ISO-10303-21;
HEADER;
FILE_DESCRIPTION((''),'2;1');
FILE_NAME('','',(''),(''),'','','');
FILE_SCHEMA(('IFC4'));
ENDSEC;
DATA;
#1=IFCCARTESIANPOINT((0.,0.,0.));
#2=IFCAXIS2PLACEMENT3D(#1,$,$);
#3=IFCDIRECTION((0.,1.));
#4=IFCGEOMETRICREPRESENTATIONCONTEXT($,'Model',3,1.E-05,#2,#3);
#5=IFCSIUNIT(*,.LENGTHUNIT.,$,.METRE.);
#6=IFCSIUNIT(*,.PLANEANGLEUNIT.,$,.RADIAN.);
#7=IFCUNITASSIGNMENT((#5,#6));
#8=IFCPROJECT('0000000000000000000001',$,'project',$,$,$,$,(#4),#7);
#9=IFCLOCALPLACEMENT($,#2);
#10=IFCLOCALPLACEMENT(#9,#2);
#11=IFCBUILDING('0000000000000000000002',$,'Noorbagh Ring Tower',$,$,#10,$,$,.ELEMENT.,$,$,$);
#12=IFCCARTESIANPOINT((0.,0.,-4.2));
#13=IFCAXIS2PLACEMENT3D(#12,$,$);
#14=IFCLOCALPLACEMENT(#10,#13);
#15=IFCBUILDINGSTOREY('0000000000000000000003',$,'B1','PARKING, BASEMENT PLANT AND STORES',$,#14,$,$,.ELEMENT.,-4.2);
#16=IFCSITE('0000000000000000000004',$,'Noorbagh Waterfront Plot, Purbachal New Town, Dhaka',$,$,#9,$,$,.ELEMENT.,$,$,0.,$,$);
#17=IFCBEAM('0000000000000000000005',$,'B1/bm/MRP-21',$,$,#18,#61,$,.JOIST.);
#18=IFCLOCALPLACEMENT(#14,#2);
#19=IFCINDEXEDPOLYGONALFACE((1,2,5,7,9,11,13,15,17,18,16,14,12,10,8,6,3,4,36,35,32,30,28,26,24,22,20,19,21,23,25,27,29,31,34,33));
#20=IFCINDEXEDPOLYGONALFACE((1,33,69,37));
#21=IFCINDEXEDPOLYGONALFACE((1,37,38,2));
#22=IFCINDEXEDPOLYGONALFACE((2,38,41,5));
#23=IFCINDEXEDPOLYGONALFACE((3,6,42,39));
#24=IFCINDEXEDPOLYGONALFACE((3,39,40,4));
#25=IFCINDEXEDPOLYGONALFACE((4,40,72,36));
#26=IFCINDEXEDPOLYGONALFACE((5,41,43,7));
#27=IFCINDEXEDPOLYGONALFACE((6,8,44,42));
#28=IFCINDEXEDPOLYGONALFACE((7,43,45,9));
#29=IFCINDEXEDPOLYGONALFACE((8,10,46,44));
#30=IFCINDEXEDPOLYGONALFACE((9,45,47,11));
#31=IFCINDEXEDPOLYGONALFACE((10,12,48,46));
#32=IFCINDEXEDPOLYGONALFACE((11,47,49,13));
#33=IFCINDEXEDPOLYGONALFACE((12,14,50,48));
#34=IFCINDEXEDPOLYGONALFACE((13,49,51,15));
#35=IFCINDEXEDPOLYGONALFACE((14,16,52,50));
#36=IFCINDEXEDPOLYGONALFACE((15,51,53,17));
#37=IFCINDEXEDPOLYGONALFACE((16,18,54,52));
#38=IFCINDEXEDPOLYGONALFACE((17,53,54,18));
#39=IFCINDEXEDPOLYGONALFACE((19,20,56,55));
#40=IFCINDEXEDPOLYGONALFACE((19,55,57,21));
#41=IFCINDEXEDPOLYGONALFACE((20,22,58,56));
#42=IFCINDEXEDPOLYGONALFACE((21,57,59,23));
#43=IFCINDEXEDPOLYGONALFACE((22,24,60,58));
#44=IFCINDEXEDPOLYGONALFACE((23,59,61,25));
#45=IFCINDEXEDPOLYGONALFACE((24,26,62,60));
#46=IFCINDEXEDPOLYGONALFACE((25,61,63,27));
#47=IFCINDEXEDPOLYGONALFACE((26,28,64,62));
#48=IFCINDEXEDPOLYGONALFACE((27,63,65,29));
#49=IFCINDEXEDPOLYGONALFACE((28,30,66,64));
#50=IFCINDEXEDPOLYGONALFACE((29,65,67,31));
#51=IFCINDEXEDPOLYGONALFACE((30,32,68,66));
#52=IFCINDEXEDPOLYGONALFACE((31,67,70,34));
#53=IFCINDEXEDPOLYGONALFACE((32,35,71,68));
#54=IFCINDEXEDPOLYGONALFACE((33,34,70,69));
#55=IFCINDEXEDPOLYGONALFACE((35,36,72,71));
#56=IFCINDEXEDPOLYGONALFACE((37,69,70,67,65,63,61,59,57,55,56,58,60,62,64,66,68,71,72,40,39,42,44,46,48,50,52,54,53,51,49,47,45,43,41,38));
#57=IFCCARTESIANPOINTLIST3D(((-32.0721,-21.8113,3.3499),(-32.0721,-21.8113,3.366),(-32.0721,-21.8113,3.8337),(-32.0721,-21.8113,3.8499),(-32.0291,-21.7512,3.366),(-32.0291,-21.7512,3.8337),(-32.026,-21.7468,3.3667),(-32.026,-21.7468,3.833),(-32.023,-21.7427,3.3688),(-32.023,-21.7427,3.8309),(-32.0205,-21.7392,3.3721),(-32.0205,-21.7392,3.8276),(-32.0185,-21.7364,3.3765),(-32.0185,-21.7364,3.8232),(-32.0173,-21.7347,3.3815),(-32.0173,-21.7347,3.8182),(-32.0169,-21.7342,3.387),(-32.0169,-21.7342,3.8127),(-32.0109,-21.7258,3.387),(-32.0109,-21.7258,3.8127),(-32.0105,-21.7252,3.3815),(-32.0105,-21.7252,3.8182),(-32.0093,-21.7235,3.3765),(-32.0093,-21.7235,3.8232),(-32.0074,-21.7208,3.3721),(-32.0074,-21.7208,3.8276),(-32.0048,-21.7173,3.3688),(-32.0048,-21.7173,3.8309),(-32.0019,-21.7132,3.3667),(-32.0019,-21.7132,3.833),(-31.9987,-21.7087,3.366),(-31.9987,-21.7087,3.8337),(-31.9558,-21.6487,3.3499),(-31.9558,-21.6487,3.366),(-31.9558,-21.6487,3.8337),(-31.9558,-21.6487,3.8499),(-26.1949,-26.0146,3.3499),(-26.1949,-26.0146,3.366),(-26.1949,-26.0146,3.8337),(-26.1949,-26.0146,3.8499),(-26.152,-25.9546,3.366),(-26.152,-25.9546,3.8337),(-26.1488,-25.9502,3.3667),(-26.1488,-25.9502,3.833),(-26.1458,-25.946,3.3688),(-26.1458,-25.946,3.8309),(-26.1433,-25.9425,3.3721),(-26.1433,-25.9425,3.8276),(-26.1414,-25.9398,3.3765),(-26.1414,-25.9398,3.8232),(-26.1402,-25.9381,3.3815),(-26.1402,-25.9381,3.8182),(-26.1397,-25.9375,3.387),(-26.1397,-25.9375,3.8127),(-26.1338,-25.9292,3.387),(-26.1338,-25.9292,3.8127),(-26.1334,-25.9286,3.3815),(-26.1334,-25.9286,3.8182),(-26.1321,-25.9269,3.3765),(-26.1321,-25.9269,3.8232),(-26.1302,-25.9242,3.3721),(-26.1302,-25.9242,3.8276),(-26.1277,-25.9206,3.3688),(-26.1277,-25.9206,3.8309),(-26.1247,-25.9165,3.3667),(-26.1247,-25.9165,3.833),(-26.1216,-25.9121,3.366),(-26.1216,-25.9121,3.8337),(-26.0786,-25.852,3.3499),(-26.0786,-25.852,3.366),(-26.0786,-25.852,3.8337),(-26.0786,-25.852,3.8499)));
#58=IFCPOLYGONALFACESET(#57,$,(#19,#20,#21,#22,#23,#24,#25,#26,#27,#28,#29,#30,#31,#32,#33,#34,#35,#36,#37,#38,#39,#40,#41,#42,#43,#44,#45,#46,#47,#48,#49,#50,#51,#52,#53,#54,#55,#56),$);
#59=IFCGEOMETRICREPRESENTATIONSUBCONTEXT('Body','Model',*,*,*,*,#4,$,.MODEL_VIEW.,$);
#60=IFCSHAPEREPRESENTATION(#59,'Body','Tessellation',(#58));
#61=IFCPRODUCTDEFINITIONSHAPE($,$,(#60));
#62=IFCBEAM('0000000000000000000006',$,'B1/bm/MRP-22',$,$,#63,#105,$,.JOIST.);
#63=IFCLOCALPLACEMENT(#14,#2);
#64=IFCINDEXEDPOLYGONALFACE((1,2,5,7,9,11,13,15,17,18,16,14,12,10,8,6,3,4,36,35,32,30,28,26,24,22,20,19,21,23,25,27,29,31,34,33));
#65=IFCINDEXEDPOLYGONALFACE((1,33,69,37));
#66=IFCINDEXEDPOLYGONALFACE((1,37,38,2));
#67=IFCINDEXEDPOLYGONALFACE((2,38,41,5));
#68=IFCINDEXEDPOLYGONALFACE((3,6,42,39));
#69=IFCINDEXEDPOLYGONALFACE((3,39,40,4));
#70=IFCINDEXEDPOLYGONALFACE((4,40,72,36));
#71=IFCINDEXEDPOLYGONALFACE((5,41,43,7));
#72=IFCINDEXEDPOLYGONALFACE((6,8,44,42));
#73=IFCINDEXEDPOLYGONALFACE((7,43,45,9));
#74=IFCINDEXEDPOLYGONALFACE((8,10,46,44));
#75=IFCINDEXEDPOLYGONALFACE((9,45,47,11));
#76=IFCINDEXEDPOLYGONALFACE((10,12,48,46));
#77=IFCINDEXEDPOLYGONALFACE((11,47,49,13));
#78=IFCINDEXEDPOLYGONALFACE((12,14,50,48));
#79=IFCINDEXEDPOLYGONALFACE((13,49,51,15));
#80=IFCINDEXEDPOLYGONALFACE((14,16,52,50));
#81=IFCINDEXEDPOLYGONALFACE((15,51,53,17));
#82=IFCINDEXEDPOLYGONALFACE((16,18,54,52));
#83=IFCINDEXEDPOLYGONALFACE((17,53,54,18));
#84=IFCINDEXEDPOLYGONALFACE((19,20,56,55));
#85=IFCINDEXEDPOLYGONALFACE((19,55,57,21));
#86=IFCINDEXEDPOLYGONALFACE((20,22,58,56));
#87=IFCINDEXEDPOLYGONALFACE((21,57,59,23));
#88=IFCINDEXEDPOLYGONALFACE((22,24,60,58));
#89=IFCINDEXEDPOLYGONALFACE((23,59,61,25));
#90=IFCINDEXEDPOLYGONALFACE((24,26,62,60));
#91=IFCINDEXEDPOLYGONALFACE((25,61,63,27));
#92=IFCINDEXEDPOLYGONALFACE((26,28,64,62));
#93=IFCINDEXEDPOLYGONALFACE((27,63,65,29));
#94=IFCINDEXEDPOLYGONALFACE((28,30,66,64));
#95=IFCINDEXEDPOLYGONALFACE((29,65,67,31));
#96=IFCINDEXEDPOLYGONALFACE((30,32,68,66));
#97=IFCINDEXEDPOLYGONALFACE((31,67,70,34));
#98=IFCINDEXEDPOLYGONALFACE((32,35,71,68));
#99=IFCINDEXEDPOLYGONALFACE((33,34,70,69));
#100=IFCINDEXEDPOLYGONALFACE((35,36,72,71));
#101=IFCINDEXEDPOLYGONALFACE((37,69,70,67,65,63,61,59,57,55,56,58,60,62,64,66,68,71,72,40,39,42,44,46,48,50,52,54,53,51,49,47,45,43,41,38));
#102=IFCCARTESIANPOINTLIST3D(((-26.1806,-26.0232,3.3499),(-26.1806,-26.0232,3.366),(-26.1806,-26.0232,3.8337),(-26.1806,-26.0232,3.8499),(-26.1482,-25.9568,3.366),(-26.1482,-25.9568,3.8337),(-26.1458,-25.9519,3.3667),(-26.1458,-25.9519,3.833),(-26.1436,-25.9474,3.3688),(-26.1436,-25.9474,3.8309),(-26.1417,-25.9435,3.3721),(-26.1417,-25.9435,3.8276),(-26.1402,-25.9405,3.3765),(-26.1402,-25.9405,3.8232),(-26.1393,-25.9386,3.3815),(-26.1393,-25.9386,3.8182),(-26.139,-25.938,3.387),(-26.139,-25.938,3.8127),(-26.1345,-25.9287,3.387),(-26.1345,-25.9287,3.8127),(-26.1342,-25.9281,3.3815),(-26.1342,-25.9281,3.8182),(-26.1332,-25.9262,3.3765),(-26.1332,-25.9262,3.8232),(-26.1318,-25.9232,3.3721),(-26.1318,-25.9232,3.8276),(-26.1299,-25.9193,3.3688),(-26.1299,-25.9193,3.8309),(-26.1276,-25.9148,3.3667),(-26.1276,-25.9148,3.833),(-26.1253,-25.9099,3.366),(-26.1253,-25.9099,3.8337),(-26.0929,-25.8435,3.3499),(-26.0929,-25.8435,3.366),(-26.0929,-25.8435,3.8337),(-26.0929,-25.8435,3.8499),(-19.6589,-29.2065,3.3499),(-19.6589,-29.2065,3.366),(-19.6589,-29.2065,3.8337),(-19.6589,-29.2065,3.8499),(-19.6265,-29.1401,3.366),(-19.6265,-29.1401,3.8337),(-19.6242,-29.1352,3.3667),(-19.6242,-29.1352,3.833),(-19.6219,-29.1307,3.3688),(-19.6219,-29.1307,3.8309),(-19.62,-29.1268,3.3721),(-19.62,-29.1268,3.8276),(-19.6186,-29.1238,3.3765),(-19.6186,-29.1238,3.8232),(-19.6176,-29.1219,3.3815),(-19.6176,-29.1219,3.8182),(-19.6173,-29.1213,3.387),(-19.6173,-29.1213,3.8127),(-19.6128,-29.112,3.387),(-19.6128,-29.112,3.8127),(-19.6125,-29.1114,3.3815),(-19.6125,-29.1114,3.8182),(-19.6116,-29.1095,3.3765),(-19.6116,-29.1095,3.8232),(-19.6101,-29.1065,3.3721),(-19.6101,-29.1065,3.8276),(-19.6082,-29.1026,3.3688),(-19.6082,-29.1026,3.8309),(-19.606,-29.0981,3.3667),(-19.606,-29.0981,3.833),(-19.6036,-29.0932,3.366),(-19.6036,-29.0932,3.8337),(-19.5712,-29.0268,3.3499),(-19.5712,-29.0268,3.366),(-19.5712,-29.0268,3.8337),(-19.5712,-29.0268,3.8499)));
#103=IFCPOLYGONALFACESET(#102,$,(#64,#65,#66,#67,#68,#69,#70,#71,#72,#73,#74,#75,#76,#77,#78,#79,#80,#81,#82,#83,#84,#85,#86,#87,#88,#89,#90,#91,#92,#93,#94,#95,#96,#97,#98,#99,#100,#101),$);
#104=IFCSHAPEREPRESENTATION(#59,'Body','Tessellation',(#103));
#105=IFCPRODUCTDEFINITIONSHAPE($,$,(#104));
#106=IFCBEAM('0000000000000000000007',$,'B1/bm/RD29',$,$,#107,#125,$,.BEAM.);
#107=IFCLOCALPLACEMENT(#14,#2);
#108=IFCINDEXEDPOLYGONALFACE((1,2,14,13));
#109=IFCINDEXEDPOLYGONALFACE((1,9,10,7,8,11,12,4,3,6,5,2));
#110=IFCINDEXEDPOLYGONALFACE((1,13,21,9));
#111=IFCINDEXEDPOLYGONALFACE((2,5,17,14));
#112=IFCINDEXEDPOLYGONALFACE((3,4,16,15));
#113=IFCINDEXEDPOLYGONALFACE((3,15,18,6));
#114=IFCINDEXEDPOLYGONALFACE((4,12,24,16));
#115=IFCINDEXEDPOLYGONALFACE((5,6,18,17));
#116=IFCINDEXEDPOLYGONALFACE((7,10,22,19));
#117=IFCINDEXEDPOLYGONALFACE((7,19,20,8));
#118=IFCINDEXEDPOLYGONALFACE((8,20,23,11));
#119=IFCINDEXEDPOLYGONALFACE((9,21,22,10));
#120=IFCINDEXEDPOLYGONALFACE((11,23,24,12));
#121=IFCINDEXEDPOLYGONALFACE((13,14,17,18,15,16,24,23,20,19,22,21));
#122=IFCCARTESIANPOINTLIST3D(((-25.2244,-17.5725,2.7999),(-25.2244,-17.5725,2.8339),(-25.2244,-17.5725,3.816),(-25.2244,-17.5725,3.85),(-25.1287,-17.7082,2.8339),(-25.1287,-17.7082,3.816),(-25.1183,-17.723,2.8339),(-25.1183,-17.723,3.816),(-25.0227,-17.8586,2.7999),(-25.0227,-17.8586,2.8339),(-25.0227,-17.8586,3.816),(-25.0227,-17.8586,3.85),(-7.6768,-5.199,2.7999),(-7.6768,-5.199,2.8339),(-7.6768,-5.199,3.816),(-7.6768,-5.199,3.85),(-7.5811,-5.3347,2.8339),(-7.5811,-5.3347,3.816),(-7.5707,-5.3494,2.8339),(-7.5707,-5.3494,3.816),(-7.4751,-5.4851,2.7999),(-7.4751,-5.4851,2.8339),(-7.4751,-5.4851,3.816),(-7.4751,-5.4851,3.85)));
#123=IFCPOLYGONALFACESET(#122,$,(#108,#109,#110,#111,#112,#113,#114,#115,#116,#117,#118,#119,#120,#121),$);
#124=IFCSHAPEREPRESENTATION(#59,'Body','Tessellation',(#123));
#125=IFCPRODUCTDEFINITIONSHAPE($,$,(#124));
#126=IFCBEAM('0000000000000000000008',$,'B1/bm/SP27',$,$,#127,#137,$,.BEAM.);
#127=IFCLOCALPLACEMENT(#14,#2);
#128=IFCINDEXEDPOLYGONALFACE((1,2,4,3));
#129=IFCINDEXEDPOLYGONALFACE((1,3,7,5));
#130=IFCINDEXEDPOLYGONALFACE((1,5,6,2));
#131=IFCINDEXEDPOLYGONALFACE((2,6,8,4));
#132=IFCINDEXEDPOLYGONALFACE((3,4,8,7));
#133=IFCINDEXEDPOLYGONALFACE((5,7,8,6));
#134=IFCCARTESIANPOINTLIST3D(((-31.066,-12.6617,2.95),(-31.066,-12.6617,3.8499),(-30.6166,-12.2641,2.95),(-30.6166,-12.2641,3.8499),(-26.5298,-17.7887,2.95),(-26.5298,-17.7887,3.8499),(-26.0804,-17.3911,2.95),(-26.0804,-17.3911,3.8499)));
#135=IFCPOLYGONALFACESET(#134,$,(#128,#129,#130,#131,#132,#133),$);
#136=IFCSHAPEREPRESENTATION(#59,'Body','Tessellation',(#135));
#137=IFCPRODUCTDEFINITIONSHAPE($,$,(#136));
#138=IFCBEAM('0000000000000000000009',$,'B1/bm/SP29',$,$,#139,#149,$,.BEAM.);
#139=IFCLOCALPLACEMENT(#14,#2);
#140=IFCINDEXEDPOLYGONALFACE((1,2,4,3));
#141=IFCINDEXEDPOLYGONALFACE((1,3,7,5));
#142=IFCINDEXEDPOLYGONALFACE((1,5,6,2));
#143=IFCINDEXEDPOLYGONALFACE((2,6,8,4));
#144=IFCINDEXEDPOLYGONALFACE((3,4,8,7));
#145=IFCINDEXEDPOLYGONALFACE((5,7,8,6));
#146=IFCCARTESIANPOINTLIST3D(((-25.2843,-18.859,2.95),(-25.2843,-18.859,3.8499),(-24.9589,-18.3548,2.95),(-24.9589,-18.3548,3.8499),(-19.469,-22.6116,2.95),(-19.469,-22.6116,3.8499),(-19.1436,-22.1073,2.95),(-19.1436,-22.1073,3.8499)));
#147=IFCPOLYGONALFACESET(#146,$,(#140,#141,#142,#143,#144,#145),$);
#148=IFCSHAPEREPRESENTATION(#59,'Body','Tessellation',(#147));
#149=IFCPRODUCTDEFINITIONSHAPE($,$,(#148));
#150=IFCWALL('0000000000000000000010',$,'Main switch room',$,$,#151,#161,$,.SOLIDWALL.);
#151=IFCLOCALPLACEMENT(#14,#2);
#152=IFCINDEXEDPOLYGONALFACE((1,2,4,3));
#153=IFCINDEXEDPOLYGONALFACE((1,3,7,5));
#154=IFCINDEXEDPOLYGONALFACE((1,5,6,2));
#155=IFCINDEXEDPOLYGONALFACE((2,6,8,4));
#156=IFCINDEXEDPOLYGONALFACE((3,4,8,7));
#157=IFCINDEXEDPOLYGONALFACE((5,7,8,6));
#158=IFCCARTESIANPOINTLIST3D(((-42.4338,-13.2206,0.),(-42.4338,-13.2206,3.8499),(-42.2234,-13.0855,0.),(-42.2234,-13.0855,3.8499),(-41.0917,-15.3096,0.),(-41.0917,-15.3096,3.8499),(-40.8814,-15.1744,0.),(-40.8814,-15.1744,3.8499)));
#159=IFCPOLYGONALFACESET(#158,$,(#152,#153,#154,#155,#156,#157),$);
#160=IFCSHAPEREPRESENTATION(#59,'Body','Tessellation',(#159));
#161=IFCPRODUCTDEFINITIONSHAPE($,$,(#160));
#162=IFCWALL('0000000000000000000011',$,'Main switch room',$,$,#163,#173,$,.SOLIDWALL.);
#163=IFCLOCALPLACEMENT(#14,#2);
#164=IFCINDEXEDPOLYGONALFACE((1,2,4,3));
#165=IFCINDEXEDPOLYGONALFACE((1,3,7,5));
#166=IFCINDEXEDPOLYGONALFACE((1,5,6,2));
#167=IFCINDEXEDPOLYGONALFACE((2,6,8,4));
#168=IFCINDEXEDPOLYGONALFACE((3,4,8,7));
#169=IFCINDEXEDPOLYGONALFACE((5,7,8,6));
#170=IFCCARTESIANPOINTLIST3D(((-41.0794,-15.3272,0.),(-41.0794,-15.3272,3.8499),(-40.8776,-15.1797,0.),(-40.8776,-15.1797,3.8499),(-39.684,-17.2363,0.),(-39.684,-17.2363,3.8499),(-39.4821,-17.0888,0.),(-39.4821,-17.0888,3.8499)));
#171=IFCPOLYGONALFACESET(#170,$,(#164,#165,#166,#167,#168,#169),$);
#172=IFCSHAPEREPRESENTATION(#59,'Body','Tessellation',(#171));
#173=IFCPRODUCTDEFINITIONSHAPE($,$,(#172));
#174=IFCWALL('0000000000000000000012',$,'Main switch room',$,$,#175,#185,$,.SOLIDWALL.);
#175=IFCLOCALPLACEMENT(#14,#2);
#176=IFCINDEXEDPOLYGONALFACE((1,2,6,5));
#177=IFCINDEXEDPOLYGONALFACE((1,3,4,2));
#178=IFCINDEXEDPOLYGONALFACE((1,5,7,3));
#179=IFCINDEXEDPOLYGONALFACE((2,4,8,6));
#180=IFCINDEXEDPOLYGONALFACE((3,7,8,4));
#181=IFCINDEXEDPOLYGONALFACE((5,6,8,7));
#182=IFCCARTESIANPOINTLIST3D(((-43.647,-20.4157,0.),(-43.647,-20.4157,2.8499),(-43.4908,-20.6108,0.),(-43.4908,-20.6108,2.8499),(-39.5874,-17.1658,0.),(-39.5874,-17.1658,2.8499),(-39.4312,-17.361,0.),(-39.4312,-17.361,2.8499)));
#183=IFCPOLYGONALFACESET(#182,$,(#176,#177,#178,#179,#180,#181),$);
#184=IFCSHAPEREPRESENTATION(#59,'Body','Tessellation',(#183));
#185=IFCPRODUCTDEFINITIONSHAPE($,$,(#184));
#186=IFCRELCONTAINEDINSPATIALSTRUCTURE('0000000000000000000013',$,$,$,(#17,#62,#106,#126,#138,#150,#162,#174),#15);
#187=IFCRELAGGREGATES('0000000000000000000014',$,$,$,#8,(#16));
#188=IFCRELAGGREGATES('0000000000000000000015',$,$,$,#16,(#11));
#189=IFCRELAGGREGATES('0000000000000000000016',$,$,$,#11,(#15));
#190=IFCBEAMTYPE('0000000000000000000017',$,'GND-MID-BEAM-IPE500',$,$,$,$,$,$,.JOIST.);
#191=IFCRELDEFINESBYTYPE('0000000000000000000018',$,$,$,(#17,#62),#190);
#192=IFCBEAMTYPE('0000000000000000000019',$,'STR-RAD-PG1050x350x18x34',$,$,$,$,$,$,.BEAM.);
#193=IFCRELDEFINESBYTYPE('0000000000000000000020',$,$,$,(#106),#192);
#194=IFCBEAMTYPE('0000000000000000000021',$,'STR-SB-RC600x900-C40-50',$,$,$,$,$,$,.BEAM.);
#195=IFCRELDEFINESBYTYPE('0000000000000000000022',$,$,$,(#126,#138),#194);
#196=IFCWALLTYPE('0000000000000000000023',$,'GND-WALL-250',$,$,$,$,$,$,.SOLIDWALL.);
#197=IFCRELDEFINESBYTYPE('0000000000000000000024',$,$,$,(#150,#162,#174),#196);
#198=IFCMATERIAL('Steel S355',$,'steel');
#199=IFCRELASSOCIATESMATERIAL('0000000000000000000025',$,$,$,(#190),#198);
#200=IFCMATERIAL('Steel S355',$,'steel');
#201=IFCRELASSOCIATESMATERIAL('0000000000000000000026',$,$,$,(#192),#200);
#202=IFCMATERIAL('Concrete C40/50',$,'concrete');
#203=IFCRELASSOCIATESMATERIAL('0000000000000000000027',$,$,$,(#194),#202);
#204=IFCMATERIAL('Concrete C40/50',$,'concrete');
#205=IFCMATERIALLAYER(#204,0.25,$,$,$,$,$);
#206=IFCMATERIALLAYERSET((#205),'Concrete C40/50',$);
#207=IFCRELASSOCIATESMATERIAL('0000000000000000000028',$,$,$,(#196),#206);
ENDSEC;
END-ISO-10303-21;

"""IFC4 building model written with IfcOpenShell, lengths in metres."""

from ifc_helpers import new_model, si_unit, direction, frame, frame_2d, origin, origin_2d, place, context, subcontext, project, spatial, rectangle, i_section, extrude, material, layer, layer_set, material_profile, profile_set, type_object, element, save


model = new_model("IFC4")

# Units and contexts
model_context = context("Model", 3, precision=1e-05, world=origin(), true_north=direction((0.0, 1.0)))
body_context = subcontext(model_context, "Body", "Model", "MODEL_VIEW")
ifc_project = project(units=[si_unit("LENGTHUNIT", "METRE"), si_unit("PLANEANGLEUNIT", "RADIAN")], contexts=[model_context])

# Site, building, storey
site_placement = place(None, origin())
site = spatial("IfcSite", under=ifc_project, at=site_placement, Name="Noorbagh Waterfront Plot, Purbachal New Town, Dhaka", CompositionType="ELEMENT", RefElevation=0.0)
building_placement = place(site_placement, origin())
building = spatial("IfcBuilding", under=site, at=building_placement, Name="Noorbagh Ring Tower", CompositionType="ELEMENT")
storey_placement = place(building_placement, frame((0.0, 0.0, -4.2)))
storey = spatial("IfcBuildingStorey", under=building, at=storey_placement, Name="B1", Description="PARKING, BASEMENT PLANT AND STORES", CompositionType="ELEMENT", Elevation=-4.2)

# Beams
ifc_material_1 = material(Name="Steel S355", Category="steel")
ifc_material_profile_1 = material_profile(ifc_material_1, i_section(OverallWidth=0.2, OverallDepth=0.5, WebThickness=0.0103, FlangeThickness=0.0161, FilletRadius=0.021, at=origin_2d()), Name="IPE500")
ifc_profile_set_1 = profile_set([ifc_material_profile_1], Name="Steel S355")
beam_type_1 = type_object("IfcBeamType", Name="GND-MID-BEAM-IPE500", PredefinedType="JOIST", material=ifc_profile_set_1)
beam_1_placement = place(storey_placement, frame((-32.0139, -21.73, 3.5999), z_axis=(0.813382, -0.58173, 0.0), x_axis=(0.58173, 0.813382, 0.0)))
element("IfcBeam", 1, at=beam_1_placement, inside=storey, type_object=beam_type_1, Name="B1/bm/MRP-21", PredefinedType="JOIST", context=body_context, shape_type="SweptSolid", body=[
    extrude(i_section(OverallWidth=0.2, OverallDepth=0.5, WebThickness=0.0103, FlangeThickness=0.0161, FilletRadius=0.021, at=origin_2d()), origin(), (0.0, 0.0, 1.0), 7.2256),
])
beam_2_placement = place(storey_placement, frame((-26.1367, -25.9333, 3.5999), z_axis=(0.898659, -0.438648, 0.0), x_axis=(0.438648, 0.898659, 0.0)))
element("IfcBeam", 2, at=beam_2_placement, inside=storey, type_object=beam_type_1, Name="B1/bm/MRP-22", PredefinedType="JOIST", context=body_context, shape_type="SweptSolid", body=[
    extrude(i_section(OverallWidth=0.2, OverallDepth=0.5, WebThickness=0.0103, FlangeThickness=0.0161, FilletRadius=0.021, at=origin_2d()), origin(), (0.0, 0.0, 1.0), 7.2571),
])
ifc_material_2 = material(Name="Steel S355", Category="steel")
ifc_material_profile_2 = material_profile(ifc_material_2, i_section(OverallWidth=0.3501, OverallDepth=1.05, WebThickness=0.0181, FlangeThickness=0.0339, at=origin_2d()), Name="PG1050x350x18x34")
ifc_profile_set_2 = profile_set([ifc_material_profile_2], Name="Steel S355")
beam_type_2 = type_object("IfcBeamType", Name="STR-RAD-PG1050x350x18x34", PredefinedType="BEAM", material=ifc_profile_set_2)
beam_3_placement = place(storey_placement, frame((-25.1235, -17.7156, 3.325), z_axis=(0.817253, 0.576279, 0.0), x_axis=(-0.576279, 0.817253, 0.0)))
element("IfcBeam", 3, at=beam_3_placement, inside=storey, type_object=beam_type_2, Name="B1/bm/RD29", PredefinedType="BEAM", context=body_context, shape_type="SweptSolid", body=[
    extrude(i_section(OverallWidth=0.3501, OverallDepth=1.05, WebThickness=0.0181, FlangeThickness=0.0339, at=origin_2d()), origin(), (0.0, 0.0, 1.0), 21.4714),
])
ifc_material_3 = material(Name="Concrete C40/50", Category="concrete")
ifc_material_profile_3 = material_profile(ifc_material_3, rectangle(XDim=0.6001, YDim=0.8999, at=origin_2d()), Name="RC600x900")
ifc_profile_set_3 = profile_set([ifc_material_profile_3], Name="Concrete C40/50")
beam_type_3 = type_object("IfcBeamType", Name="STR-SB-RC600x900-C40-50", PredefinedType="BEAM", material=ifc_profile_set_3)
beam_4_placement = place(storey_placement, frame((-30.8413, -12.4629, 3.3999), z_axis=(0.662635, -0.748942, 0.0), x_axis=(0.748942, 0.662635, 0.0)))
element("IfcBeam", 4, at=beam_4_placement, inside=storey, type_object=beam_type_3, Name="B1/bm/SP27", PredefinedType="BEAM", context=body_context, shape_type="SweptSolid", body=[
    extrude(rectangle(XDim=0.6001, YDim=0.8999, at=origin_2d()), origin(), (0.0, 0.0, 1.0), 6.8457),
])
beam_5_placement = place(storey_placement, frame((-25.1216, -18.6069, 3.3999), z_axis=(0.84025, -0.542199, 0.0), x_axis=(0.542199, 0.84025, 0.0)))
element("IfcBeam", 5, at=beam_5_placement, inside=storey, type_object=beam_type_3, Name="B1/bm/SP29", PredefinedType="BEAM", context=body_context, shape_type="SweptSolid", body=[
    extrude(rectangle(XDim=0.6001, YDim=0.8999, at=origin_2d()), origin(), (0.0, 0.0, 1.0), 6.9209),
])

# Walls
ifc_material_4 = material(Name="Concrete C40/50", Category="concrete")
ifc_layer_1 = layer(ifc_material_4, 0.25)
ifc_layer_set_1 = layer_set([ifc_layer_1], Name="Concrete C40/50")
wall_type_1 = type_object("IfcWallType", Name="GND-WALL-250", PredefinedType="SOLIDWALL", material=ifc_layer_set_1)
wall_1_placement = place(storey_placement, frame((-42.3286, -13.1531, 0.0), z_axis=(0.0, 0.0, 1.0), x_axis=(0.540529, -0.841325, 0.0)))
element("IfcWall", 6, at=wall_1_placement, inside=storey, type_object=wall_type_1, Name="Main switch room", PredefinedType="SOLIDWALL", context=body_context, shape_type="SweptSolid", body=[
    extrude(rectangle(XDim=2.4829, YDim=0.25, at=frame_2d((1.2415, 0.0))), origin(), (0.0, 0.0, 1.0), 3.8499),
])
wall_2_placement = place(storey_placement, frame((-40.9785, -15.2534, 0.0), z_axis=(0.0, 0.0, 1.0), x_axis=(0.59011, -0.807323, 0.0)))
element("IfcWall", 7, at=wall_2_placement, inside=storey, type_object=wall_type_1, Name="Main switch room", PredefinedType="SOLIDWALL", context=body_context, shape_type="SweptSolid", body=[
    extrude(rectangle(XDim=2.3647, YDim=0.25, at=frame_2d((1.1824, 0.0))), origin(), (0.0, 0.0, 1.0), 3.8499),
])
wall_3_placement = place(storey_placement, frame((-39.5093, -17.2634, 0.0), z_axis=(0.0, 0.0, 1.0), x_axis=(-0.780672, -0.624941, 0.0)))
element("IfcWall", 8, at=wall_3_placement, inside=storey, type_object=wall_type_1, Name="Main switch room", PredefinedType="SOLIDWALL", context=body_context, shape_type="SweptSolid", body=[
    extrude(rectangle(XDim=5.2002, YDim=0.25, at=frame_2d((2.6001, 0.0))), origin(), (0.0, 0.0, 1.0), 2.8499),
])

save(model, "model.ifc")
